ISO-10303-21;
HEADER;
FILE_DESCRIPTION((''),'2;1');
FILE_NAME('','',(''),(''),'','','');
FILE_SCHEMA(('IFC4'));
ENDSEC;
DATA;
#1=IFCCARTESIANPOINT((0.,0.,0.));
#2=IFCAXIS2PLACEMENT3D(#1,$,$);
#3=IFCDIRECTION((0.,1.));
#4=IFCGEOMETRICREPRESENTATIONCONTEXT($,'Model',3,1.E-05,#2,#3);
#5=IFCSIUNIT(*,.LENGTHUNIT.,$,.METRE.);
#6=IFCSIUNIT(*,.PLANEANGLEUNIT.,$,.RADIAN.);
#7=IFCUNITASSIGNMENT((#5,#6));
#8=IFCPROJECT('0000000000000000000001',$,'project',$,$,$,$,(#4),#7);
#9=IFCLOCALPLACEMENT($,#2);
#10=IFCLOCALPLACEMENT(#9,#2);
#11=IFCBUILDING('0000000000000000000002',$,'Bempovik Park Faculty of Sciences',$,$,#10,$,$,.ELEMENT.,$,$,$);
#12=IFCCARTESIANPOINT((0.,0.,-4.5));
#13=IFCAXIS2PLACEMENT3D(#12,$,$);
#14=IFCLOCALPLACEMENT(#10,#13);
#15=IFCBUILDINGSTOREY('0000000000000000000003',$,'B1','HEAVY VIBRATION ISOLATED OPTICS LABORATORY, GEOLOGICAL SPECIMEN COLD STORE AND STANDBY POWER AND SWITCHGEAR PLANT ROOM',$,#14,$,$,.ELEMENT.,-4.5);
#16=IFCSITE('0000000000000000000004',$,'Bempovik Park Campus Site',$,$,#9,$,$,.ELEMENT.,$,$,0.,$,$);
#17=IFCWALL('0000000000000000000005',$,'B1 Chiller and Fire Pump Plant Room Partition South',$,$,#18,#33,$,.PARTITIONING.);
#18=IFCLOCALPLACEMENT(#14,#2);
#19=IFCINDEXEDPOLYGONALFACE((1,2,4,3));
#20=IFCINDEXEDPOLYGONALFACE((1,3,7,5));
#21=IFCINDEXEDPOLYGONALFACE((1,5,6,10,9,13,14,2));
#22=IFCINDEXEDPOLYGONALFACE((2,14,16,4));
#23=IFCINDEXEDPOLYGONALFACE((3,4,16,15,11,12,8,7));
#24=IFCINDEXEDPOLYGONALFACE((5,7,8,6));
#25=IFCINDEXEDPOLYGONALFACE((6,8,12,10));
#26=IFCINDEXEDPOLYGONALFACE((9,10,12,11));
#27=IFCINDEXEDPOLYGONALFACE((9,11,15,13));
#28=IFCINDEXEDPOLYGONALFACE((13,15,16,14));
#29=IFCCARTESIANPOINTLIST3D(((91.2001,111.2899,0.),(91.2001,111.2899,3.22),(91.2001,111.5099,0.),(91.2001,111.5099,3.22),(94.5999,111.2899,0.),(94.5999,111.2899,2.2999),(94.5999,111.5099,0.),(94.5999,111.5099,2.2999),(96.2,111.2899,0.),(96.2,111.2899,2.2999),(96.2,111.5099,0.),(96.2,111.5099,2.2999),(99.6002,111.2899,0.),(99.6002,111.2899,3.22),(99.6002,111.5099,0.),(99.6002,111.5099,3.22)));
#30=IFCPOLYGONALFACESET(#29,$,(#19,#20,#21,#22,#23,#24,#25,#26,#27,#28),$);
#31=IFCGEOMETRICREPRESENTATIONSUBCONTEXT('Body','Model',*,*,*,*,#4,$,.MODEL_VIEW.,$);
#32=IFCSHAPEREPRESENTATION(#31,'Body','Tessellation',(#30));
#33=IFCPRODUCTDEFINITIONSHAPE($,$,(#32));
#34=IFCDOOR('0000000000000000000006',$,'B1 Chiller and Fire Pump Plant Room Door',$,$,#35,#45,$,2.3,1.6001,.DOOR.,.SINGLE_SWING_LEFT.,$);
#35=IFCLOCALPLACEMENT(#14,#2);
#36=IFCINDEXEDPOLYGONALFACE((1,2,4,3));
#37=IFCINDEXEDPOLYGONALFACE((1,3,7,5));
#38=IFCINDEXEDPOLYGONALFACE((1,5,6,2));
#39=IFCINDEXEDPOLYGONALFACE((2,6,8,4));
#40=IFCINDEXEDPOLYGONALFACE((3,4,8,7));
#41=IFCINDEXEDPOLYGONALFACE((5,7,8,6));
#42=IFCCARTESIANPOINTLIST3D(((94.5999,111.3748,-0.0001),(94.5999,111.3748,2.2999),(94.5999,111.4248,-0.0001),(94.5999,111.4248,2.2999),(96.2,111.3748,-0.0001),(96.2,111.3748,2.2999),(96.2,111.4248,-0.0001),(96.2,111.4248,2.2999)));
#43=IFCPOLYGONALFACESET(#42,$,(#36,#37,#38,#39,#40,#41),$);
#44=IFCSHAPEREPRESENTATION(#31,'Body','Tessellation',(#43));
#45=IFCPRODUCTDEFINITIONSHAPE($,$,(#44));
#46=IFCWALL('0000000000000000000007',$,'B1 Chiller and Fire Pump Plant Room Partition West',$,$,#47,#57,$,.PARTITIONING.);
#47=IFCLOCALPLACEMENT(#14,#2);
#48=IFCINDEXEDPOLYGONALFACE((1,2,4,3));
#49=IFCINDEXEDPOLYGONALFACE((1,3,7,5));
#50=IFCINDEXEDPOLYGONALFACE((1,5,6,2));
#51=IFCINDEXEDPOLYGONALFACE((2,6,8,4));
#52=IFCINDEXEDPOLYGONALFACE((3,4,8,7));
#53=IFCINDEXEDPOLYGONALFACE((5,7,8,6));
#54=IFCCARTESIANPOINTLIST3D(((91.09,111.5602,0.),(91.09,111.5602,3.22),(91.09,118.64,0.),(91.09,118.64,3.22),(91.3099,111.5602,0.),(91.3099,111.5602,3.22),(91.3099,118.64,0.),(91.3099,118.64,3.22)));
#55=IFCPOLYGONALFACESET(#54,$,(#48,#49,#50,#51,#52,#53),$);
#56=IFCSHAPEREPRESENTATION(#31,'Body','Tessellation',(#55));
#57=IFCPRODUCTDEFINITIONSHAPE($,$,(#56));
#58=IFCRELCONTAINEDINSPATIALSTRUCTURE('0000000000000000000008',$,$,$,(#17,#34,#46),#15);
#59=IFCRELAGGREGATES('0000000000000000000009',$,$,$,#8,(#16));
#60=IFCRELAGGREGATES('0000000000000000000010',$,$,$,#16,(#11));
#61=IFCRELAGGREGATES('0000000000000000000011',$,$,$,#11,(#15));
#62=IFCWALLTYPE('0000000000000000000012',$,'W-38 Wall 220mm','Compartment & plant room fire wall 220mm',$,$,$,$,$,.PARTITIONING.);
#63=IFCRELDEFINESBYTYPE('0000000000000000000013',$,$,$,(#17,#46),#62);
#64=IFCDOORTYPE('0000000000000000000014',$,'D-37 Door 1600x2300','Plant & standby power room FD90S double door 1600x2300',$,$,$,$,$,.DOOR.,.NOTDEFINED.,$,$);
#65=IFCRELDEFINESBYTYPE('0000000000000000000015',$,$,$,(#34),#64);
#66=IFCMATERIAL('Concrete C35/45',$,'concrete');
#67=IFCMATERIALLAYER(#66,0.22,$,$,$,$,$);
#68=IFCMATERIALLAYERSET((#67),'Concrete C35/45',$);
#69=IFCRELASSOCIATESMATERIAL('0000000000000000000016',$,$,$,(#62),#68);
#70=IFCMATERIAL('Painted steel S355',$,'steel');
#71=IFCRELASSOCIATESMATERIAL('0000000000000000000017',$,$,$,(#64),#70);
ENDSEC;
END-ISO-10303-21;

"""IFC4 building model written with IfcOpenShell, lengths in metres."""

from ifc_helpers import new_model, si_unit, direction, frame, frame_2d, origin, place, context, subcontext, project, spatial, rectangle, extrude, material, layer, layer_set, type_object, element, fill, save


model = new_model("IFC4")

# Units and contexts
model_context = context("Model", 3, precision=1e-05, world=origin(), true_north=direction((0.0, 1.0)))
body_context = subcontext(model_context, "Body", "Model", "MODEL_VIEW")
ifc_project = project(units=[si_unit("LENGTHUNIT", "METRE"), si_unit("PLANEANGLEUNIT", "RADIAN")], contexts=[model_context])

# Site, building, storey
site_placement = place(None, origin())
site = spatial("IfcSite", under=ifc_project, at=site_placement, Name="Bempovik Park Campus Site", CompositionType="ELEMENT", RefElevation=0.0)
building_placement = place(site_placement, origin())
building = spatial("IfcBuilding", under=site, at=building_placement, Name="Bempovik Park Faculty of Sciences", CompositionType="ELEMENT")
storey_placement = place(building_placement, frame((0.0, 0.0, -4.5)))
storey = spatial("IfcBuildingStorey", under=building, at=storey_placement, Name="B1", Description="HEAVY VIBRATION ISOLATED OPTICS LABORATORY, GEOLOGICAL SPECIMEN COLD STORE AND STANDBY POWER AND SWITCHGEAR PLANT ROOM", CompositionType="ELEMENT", Elevation=-4.5)

# Shared definitions
ifc_material_1 = material(Name="Concrete C35/45", Category="concrete")

# Wall, opening, door
ifc_layer_1 = layer(ifc_material_1, 0.22)
ifc_layer_set_1 = layer_set([ifc_layer_1], Name="Concrete C35/45")
wall_type_1 = type_object("IfcWallType", Name="W-38 Wall 220mm", Description="Compartment & plant room fire wall 220mm", PredefinedType="PARTITIONING", material=ifc_layer_set_1)
wall_1_placement = place(storey_placement, frame((91.2, 111.3999, 0.0), z_axis=(0.0, 0.0, 1.0), x_axis=(1.0, 0.0, 0.0)))
wall_1 = element("IfcWall", 1, at=wall_1_placement, inside=storey, type_object=wall_type_1, Name="B1 Chiller and Fire Pump Plant Room Partition South", PredefinedType="PARTITIONING", context=body_context, shape_type="SweptSolid", body=[
    extrude(rectangle(XDim=8.4001, YDim=0.22, at=frame_2d((4.2002, 0.0))), origin(), (0.0, 0.0, 1.0), 3.22),
])
opening_placement = place(wall_1_placement, frame((3.3999, 0.0, 0.0)))
opening = element("IfcOpeningElement", 2, at=opening_placement, cuts=wall_1, PredefinedType="OPENING", context=body_context, shape_type="SweptSolid", body=[
    extrude(rectangle(XDim=1.6001, YDim=2.3, at=frame_2d((0.8, 1.1499))), frame((0.0, 0.1201, 0.0), z_axis=(0.0, -1.0, 0.0), x_axis=(1.0, 0.0, 0.0)), (0.0, 0.0, 1.0), 0.24),
])
ifc_material_2 = material(Name="Painted steel S355", Category="steel")
door_type = type_object("IfcDoorType", Name="D-37 Door 1600x2300", Description="Plant & standby power room FD90S double door 1600x2300", OperationType="NOTDEFINED", PredefinedType="DOOR", material=ifc_material_2)
door_placement = place(opening_placement, origin())
door = element("IfcDoor", 3, at=door_placement, inside=storey, type_object=door_type, Name="B1 Chiller and Fire Pump Plant Room Door", OperationType="SINGLE_SWING_LEFT", OverallHeight=2.3, OverallWidth=1.6001, PredefinedType="DOOR", context=body_context, shape_type="SweptSolid", body=[
    extrude(rectangle(XDim=1.6001, YDim=2.3, at=frame_2d((0.8, 1.1499))), frame((0.0, 0.0249, 0.0), z_axis=(0.0, -1.0, 0.0), x_axis=(1.0, 0.0, 0.0)), (0.0, 0.0, 1.0), 0.05),
])
fill(opening, door)

# Wall
wall_2_placement = place(storey_placement, frame((91.2, 111.5601, 0.0), z_axis=(0.0, 0.0, 1.0), x_axis=(0.0, 1.0, 0.0)))
element("IfcWall", 4, at=wall_2_placement, inside=storey, type_object=wall_type_1, Name="B1 Chiller and Fire Pump Plant Room Partition West", PredefinedType="PARTITIONING", context=body_context, shape_type="SweptSolid", body=[
    extrude(rectangle(XDim=7.0798, YDim=0.22, at=frame_2d((3.54, 0.0))), origin(), (0.0, 0.0, 1.0), 3.22),
])

save(model, "model.ifc")
